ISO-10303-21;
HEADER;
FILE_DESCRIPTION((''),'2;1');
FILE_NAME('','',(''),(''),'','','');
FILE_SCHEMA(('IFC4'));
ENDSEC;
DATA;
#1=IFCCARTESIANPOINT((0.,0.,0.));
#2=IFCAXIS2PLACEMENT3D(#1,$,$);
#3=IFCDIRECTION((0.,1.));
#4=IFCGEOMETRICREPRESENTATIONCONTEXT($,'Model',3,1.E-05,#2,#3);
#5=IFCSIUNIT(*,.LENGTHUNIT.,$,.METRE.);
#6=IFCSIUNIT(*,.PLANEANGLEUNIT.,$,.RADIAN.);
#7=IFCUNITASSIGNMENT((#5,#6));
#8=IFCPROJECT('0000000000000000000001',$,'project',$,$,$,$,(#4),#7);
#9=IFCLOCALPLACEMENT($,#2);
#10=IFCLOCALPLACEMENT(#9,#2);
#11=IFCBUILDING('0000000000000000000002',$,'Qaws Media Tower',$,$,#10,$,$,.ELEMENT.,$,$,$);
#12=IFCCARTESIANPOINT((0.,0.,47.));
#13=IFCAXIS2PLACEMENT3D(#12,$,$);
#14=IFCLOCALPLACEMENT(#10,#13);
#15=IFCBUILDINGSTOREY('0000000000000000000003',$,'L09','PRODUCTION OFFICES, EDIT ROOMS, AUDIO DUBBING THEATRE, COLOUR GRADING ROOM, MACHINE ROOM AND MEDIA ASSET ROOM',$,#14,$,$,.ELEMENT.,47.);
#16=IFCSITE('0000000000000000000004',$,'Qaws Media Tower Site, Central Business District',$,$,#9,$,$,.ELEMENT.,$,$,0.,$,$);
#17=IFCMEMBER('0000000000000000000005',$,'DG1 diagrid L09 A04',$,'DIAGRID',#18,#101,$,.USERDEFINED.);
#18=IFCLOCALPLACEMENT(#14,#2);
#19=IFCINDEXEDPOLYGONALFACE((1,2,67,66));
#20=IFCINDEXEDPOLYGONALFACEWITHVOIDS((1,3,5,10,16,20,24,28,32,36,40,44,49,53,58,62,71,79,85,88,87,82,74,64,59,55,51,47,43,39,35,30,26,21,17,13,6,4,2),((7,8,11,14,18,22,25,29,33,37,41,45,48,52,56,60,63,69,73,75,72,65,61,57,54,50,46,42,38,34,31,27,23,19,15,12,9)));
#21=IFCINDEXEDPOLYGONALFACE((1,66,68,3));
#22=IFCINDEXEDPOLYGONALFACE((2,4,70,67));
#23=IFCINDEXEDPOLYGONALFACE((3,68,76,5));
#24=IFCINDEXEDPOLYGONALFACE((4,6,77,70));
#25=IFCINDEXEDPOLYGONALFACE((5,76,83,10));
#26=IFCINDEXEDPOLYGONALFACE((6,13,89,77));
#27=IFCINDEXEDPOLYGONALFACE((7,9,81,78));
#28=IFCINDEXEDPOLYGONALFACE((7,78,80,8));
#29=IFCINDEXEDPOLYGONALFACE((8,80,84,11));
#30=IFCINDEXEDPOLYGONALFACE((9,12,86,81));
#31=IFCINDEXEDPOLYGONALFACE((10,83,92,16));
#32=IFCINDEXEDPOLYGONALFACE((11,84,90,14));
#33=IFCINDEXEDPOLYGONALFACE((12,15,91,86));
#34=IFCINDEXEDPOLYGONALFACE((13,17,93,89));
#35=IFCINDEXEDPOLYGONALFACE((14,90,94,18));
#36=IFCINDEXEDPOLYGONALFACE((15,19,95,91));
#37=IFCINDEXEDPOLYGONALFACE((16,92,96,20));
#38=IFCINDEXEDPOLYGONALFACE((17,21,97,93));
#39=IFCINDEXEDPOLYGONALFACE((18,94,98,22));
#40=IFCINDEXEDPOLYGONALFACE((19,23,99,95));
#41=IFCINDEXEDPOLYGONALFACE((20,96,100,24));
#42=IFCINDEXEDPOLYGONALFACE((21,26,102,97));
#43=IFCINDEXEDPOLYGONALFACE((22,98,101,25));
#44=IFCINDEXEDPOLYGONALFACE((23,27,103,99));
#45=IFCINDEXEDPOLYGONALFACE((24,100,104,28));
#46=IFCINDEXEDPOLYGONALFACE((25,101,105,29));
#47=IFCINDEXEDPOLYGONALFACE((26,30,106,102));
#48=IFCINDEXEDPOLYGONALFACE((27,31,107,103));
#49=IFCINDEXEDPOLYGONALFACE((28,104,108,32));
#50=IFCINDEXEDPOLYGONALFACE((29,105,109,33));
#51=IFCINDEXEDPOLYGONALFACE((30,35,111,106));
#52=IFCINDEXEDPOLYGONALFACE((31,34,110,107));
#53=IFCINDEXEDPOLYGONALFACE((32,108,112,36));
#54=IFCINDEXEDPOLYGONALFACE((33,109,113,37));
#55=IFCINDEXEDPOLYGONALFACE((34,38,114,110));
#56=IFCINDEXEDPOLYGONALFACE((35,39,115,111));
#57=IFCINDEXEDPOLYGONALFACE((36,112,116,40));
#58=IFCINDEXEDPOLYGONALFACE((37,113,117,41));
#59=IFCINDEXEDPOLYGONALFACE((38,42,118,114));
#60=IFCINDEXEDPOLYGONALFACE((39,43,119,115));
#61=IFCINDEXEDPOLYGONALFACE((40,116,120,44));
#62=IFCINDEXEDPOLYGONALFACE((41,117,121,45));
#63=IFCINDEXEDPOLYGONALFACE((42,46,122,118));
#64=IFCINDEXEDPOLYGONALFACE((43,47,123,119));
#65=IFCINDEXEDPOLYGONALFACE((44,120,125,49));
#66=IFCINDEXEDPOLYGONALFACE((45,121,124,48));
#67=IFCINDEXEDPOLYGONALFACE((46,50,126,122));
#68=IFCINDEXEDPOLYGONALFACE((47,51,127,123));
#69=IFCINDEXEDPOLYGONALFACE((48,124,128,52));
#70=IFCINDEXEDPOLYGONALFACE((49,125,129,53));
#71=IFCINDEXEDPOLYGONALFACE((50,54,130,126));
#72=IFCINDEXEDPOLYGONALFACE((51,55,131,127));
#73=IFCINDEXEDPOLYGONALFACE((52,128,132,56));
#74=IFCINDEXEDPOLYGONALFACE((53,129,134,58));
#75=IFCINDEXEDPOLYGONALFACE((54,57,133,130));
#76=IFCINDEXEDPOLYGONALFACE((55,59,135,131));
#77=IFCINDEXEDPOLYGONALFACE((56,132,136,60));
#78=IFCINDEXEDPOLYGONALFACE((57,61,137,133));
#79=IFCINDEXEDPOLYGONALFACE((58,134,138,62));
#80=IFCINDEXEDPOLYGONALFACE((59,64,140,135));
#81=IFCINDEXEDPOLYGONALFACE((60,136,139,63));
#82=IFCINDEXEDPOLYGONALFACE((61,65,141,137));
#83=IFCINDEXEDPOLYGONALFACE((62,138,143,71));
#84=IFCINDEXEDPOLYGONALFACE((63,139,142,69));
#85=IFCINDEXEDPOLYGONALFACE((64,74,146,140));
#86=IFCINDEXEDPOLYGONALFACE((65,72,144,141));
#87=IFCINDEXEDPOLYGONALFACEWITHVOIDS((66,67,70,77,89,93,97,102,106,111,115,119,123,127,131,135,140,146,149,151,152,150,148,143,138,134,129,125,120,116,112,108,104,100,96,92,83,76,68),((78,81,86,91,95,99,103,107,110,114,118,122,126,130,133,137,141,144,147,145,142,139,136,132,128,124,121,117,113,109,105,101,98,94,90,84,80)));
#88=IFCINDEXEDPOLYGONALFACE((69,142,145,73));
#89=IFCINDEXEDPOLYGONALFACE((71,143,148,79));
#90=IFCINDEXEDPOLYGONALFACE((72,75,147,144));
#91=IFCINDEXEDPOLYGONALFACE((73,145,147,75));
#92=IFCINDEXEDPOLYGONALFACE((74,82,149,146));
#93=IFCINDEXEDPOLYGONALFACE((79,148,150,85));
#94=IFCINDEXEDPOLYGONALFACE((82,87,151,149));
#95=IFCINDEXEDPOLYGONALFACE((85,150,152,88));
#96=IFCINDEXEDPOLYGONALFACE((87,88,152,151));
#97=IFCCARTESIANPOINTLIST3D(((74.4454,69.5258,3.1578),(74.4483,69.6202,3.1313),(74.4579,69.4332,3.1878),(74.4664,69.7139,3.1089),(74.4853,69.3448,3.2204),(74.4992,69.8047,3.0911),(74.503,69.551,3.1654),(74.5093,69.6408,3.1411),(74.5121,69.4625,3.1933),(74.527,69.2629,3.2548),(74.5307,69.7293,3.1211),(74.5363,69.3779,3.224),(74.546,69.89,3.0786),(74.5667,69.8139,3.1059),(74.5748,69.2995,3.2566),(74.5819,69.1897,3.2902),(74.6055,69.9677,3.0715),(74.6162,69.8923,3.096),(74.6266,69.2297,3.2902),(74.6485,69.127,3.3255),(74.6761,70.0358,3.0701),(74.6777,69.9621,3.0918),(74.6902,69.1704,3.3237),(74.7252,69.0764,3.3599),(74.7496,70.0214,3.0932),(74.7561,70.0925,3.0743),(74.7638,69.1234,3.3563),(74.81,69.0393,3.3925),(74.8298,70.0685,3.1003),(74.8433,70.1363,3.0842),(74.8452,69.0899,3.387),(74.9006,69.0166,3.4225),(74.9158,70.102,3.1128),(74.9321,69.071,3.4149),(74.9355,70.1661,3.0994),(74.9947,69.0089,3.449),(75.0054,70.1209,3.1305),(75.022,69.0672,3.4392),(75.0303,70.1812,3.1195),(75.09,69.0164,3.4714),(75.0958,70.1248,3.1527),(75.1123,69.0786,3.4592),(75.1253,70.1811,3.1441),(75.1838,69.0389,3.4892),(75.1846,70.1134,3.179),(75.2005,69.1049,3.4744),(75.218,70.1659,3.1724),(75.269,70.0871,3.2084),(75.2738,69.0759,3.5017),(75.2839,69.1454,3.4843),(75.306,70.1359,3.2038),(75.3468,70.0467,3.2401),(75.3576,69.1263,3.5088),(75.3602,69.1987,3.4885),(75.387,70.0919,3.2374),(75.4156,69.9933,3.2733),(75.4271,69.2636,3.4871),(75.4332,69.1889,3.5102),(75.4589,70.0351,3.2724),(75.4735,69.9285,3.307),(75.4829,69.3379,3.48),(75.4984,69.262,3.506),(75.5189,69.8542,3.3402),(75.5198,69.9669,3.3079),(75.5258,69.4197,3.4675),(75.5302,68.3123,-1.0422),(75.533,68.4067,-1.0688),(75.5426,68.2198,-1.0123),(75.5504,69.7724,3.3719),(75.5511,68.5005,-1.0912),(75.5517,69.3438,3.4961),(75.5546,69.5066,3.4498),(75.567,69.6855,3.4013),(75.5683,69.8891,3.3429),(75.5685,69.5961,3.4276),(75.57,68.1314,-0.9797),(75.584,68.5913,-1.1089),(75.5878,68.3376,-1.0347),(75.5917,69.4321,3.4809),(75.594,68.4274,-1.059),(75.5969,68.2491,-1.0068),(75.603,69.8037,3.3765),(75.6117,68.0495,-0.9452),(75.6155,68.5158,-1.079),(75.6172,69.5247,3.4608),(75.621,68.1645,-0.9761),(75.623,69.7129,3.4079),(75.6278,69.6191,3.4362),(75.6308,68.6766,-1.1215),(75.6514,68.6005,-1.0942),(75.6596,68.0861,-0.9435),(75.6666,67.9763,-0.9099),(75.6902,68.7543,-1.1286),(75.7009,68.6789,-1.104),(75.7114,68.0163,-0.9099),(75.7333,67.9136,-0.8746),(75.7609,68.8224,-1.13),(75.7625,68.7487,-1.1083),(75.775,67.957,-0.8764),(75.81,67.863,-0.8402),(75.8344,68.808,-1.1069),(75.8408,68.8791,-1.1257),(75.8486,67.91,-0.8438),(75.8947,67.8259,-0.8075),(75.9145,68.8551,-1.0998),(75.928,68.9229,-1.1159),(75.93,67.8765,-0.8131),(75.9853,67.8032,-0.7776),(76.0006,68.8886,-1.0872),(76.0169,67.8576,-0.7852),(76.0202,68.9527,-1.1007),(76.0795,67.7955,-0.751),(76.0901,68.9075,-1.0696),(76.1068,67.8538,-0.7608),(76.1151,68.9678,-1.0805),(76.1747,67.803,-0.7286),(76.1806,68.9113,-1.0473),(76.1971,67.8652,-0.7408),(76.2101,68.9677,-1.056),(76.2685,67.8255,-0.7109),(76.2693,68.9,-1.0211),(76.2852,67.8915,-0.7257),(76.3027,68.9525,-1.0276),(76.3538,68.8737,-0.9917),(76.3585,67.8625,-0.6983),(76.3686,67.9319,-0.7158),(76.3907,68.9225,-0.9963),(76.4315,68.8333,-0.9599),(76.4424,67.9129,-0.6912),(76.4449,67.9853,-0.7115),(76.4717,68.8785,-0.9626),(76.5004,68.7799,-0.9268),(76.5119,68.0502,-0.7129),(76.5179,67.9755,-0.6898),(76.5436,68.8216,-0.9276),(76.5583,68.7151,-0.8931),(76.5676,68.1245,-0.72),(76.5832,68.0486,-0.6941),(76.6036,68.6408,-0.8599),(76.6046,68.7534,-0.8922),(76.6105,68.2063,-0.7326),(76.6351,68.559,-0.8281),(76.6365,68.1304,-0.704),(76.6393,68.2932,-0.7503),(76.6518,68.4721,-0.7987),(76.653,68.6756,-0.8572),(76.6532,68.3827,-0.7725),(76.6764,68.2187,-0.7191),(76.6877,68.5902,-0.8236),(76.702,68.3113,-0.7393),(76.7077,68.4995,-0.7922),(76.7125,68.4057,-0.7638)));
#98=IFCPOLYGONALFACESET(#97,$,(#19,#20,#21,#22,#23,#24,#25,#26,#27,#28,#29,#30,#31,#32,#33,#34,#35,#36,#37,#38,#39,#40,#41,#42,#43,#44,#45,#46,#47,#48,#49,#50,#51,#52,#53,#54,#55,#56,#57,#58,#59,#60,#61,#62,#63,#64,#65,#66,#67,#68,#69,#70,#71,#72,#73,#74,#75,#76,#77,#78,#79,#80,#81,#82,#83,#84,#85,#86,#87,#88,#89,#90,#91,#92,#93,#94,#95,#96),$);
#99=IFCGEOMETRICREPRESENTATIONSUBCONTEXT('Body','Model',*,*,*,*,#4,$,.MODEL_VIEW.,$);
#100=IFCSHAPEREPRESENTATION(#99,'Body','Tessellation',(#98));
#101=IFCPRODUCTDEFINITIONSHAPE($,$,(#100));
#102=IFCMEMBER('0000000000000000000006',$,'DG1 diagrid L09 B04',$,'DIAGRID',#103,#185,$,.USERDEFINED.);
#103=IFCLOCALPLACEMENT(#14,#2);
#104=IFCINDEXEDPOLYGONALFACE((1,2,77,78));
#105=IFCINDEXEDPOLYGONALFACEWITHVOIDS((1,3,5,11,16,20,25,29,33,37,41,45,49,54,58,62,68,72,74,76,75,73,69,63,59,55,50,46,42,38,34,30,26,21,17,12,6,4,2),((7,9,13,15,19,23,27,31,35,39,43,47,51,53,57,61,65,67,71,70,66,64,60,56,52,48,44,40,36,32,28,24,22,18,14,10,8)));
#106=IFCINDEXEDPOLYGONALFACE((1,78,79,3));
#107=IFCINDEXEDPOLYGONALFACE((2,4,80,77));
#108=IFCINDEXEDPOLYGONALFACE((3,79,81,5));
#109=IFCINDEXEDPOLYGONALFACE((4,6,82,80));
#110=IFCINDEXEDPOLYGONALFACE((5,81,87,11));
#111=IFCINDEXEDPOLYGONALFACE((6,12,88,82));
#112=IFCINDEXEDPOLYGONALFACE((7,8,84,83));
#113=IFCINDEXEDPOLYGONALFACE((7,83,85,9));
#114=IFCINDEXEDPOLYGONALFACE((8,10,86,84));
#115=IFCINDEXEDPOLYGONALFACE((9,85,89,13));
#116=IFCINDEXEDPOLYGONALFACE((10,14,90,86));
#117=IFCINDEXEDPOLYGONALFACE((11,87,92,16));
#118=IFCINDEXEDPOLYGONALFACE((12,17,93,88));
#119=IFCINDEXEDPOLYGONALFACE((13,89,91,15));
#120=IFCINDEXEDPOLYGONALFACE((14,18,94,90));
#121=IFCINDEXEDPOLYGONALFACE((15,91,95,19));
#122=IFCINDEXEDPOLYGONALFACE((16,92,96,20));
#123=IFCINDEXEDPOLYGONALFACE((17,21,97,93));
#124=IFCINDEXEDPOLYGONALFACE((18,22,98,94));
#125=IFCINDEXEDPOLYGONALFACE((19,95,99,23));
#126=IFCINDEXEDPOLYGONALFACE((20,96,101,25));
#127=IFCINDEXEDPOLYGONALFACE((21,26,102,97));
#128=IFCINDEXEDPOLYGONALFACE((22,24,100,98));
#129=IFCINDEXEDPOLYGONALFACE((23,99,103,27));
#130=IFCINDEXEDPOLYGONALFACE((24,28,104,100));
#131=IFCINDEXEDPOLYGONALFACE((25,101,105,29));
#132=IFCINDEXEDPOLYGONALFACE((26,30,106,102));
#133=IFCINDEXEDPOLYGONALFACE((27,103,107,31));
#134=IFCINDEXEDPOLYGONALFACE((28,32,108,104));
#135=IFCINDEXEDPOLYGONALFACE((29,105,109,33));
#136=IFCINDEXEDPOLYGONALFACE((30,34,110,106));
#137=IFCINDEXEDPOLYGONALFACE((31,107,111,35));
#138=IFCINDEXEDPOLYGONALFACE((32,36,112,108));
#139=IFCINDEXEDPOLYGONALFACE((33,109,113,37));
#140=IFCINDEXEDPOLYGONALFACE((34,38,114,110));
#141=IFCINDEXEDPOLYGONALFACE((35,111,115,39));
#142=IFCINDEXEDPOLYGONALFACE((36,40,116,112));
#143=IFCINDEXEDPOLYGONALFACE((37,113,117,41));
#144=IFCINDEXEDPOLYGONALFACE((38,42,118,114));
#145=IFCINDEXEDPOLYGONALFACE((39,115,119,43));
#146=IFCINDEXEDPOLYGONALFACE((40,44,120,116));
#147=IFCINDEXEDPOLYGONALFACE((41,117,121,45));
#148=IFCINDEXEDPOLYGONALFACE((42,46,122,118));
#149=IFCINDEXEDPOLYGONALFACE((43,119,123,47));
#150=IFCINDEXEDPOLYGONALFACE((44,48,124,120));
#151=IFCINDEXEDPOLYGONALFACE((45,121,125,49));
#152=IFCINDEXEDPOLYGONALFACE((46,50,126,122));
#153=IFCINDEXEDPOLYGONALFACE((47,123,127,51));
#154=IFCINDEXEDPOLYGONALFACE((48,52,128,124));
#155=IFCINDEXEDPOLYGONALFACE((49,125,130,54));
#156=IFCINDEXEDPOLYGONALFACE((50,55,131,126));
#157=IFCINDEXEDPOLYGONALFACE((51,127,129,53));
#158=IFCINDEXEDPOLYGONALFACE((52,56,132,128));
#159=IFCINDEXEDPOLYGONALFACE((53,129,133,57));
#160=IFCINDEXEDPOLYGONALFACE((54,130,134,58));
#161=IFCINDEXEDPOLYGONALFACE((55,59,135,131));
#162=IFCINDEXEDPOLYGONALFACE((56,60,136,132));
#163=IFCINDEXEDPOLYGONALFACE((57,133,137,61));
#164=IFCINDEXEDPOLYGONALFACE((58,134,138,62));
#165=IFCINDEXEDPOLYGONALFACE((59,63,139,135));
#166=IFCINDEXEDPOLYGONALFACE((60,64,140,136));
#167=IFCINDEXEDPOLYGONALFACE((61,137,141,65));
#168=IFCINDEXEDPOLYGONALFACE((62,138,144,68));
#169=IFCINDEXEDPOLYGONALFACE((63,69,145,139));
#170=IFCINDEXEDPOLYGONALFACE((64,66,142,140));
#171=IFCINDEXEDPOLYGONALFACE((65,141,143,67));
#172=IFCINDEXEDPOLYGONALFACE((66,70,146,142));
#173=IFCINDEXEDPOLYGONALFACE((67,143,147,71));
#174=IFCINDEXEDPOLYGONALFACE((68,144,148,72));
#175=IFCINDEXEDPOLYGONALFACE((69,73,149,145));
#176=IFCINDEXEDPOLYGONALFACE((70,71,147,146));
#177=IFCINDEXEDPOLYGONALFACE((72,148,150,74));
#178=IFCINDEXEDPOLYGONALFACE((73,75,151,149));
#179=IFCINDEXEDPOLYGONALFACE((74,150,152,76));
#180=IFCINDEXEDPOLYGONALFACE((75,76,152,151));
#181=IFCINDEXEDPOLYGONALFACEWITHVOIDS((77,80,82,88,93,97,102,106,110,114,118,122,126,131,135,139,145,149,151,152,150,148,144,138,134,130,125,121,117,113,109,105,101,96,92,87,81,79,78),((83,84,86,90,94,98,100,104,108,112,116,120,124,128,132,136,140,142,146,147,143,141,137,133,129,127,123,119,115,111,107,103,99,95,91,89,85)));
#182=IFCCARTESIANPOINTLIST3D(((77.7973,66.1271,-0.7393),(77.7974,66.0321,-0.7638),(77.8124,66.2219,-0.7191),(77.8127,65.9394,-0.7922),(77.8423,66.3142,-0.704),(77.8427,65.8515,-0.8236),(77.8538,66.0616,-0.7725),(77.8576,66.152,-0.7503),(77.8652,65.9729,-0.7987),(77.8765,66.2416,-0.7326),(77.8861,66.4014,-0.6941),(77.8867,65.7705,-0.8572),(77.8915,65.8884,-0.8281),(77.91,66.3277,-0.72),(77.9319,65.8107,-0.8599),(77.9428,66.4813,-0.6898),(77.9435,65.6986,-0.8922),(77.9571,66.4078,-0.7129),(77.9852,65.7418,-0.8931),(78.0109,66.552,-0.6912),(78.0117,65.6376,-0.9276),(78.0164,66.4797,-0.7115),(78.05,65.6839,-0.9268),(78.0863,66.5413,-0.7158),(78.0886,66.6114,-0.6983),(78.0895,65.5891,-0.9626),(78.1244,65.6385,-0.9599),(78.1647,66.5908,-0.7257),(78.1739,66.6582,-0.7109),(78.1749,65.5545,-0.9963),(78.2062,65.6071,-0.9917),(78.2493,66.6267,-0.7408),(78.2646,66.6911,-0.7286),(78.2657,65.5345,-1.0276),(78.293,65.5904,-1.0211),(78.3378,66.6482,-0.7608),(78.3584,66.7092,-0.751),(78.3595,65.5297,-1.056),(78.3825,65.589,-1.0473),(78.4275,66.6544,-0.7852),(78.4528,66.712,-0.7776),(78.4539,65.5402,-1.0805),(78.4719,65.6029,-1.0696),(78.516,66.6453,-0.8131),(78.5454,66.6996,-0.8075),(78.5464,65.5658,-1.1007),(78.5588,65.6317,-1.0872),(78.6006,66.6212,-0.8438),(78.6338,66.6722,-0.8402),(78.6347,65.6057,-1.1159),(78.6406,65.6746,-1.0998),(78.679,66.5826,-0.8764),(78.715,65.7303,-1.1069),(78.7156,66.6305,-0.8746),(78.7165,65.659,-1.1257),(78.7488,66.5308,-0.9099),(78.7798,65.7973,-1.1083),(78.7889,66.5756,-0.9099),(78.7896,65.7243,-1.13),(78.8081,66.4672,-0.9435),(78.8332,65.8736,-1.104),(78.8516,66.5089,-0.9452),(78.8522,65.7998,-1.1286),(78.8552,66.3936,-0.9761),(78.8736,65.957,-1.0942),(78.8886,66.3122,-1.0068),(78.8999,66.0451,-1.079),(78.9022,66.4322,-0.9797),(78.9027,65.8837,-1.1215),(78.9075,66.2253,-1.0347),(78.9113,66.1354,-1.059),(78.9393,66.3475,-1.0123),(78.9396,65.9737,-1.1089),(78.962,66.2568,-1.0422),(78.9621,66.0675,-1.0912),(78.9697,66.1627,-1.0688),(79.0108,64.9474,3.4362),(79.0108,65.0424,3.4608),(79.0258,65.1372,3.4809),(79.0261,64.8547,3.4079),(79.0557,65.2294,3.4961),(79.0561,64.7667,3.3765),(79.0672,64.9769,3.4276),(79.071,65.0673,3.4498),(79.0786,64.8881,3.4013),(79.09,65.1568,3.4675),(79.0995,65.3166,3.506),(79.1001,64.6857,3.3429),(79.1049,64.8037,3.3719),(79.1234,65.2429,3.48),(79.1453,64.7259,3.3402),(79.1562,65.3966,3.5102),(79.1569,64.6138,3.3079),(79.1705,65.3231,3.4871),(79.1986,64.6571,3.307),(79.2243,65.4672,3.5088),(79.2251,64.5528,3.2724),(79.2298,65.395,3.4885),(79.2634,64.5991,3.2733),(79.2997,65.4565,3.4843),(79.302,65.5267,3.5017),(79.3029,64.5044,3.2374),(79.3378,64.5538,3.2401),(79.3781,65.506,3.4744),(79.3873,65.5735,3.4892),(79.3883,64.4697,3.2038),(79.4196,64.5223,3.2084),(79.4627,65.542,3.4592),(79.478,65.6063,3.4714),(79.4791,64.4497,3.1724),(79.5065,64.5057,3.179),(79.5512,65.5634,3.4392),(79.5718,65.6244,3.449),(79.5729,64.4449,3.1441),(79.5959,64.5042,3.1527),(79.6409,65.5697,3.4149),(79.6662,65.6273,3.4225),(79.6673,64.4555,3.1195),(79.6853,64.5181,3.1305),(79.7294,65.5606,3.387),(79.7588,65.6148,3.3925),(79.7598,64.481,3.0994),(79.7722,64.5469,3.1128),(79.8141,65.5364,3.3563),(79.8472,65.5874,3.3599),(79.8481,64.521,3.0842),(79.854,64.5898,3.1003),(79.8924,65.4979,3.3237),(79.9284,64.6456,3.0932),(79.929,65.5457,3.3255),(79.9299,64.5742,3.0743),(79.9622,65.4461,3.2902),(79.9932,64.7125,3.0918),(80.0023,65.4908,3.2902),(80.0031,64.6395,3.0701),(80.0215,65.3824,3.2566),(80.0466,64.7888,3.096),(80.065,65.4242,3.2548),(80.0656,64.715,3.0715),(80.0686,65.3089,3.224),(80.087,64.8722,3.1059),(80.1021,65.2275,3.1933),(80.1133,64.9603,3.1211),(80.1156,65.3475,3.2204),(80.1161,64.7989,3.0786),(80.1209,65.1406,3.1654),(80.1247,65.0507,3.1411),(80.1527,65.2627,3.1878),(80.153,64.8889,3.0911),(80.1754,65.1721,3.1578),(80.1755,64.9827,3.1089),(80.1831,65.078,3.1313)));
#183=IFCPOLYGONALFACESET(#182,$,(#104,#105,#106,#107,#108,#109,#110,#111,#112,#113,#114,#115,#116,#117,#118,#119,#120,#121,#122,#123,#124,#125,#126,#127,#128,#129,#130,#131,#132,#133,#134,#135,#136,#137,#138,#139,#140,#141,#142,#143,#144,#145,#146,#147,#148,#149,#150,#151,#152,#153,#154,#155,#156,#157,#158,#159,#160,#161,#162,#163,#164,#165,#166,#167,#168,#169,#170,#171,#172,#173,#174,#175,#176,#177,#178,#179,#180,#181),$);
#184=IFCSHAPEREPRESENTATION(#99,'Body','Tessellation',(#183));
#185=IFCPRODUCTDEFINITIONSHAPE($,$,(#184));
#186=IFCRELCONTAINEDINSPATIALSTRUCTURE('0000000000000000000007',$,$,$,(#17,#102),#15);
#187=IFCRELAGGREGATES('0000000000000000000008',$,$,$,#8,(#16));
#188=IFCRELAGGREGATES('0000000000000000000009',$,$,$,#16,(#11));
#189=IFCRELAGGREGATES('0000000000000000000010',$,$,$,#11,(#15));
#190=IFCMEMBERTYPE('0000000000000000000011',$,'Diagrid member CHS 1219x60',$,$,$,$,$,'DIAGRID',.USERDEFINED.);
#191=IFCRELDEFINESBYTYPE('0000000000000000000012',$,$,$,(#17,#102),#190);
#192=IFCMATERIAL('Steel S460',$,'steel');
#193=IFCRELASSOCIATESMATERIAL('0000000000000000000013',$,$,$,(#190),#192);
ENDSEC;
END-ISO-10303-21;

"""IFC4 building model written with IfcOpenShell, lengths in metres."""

from ifc_helpers import new_model, si_unit, direction, frame, origin, origin_2d, place, context, subcontext, project, spatial, hollow_circle, extrude, material, material_profile, profile_set, type_object, element, save


model = new_model("IFC4")

# Units and contexts
model_context = context("Model", 3, precision=1e-05, world=origin(), true_north=direction((0.0, 1.0)))
body_context = subcontext(model_context, "Body", "Model", "MODEL_VIEW")
ifc_project = project(units=[si_unit("LENGTHUNIT", "METRE"), si_unit("PLANEANGLEUNIT", "RADIAN")], contexts=[model_context])

# Site, building, storey
site_placement = place(None, origin())
site = spatial("IfcSite", under=ifc_project, at=site_placement, Name="Qaws Media Tower Site, Central Business District", CompositionType="ELEMENT", RefElevation=0.0)
building_placement = place(site_placement, origin())
building = spatial("IfcBuilding", under=site, at=building_placement, Name="Qaws Media Tower", CompositionType="ELEMENT")
storey_placement = place(building_placement, frame((0.0, 0.0, 47.0)))
storey = spatial("IfcBuildingStorey", under=building, at=storey_placement, Name="L09", Description="PRODUCTION OFFICES, EDIT ROOMS, AUDIO DUBBING THEATRE, COLOUR GRADING ROOM, MACHINE ROOM AND MEDIA ASSET ROOM", CompositionType="ELEMENT", Elevation=47.0)

# Members
ifc_material_1 = material(Name="Steel S460", Category="steel")
ifc_material_profile_1 = material_profile(ifc_material_1, hollow_circle(Radius=0.6096, WallThickness=0.0601, at=origin_2d()), Name="CHS 1219x60")
ifc_profile_set_1 = profile_set([ifc_material_profile_1], Name="Steel S460")
member_type_1 = type_object("IfcMemberType", Name="Diagrid member CHS 1219x60", ElementType="DIAGRID", PredefinedType="USERDEFINED", material=ifc_profile_set_1)
for number, where, z_axis, x_axis, name in (
    (1, (76.1211, 68.3826, -0.9099), (-0.240819, 0.269384, 0.932437), (-0.745528, -0.666475, 0.0), "DG1 diagrid L09 A04"),
    (2, (78.3826, 66.1211, -0.9099), (0.269384, -0.240819, 0.932437), (0.666475, 0.745528, 0.0), "DG1 diagrid L09 B04"),
):
    element("IfcMember", number, at=place(storey_placement, frame(where, z_axis=z_axis, x_axis=x_axis)), inside=storey, type_object=member_type_1, Name=name, ObjectType="DIAGRID", PredefinedType="USERDEFINED", context=body_context, shape_type="SweptSolid", body=[
        extrude(hollow_circle(Radius=0.6096, WallThickness=0.0601, at=origin_2d()), origin(), (0.0, 0.0, 1.0), 4.5044),
    ])

save(model, "model.ifc")
